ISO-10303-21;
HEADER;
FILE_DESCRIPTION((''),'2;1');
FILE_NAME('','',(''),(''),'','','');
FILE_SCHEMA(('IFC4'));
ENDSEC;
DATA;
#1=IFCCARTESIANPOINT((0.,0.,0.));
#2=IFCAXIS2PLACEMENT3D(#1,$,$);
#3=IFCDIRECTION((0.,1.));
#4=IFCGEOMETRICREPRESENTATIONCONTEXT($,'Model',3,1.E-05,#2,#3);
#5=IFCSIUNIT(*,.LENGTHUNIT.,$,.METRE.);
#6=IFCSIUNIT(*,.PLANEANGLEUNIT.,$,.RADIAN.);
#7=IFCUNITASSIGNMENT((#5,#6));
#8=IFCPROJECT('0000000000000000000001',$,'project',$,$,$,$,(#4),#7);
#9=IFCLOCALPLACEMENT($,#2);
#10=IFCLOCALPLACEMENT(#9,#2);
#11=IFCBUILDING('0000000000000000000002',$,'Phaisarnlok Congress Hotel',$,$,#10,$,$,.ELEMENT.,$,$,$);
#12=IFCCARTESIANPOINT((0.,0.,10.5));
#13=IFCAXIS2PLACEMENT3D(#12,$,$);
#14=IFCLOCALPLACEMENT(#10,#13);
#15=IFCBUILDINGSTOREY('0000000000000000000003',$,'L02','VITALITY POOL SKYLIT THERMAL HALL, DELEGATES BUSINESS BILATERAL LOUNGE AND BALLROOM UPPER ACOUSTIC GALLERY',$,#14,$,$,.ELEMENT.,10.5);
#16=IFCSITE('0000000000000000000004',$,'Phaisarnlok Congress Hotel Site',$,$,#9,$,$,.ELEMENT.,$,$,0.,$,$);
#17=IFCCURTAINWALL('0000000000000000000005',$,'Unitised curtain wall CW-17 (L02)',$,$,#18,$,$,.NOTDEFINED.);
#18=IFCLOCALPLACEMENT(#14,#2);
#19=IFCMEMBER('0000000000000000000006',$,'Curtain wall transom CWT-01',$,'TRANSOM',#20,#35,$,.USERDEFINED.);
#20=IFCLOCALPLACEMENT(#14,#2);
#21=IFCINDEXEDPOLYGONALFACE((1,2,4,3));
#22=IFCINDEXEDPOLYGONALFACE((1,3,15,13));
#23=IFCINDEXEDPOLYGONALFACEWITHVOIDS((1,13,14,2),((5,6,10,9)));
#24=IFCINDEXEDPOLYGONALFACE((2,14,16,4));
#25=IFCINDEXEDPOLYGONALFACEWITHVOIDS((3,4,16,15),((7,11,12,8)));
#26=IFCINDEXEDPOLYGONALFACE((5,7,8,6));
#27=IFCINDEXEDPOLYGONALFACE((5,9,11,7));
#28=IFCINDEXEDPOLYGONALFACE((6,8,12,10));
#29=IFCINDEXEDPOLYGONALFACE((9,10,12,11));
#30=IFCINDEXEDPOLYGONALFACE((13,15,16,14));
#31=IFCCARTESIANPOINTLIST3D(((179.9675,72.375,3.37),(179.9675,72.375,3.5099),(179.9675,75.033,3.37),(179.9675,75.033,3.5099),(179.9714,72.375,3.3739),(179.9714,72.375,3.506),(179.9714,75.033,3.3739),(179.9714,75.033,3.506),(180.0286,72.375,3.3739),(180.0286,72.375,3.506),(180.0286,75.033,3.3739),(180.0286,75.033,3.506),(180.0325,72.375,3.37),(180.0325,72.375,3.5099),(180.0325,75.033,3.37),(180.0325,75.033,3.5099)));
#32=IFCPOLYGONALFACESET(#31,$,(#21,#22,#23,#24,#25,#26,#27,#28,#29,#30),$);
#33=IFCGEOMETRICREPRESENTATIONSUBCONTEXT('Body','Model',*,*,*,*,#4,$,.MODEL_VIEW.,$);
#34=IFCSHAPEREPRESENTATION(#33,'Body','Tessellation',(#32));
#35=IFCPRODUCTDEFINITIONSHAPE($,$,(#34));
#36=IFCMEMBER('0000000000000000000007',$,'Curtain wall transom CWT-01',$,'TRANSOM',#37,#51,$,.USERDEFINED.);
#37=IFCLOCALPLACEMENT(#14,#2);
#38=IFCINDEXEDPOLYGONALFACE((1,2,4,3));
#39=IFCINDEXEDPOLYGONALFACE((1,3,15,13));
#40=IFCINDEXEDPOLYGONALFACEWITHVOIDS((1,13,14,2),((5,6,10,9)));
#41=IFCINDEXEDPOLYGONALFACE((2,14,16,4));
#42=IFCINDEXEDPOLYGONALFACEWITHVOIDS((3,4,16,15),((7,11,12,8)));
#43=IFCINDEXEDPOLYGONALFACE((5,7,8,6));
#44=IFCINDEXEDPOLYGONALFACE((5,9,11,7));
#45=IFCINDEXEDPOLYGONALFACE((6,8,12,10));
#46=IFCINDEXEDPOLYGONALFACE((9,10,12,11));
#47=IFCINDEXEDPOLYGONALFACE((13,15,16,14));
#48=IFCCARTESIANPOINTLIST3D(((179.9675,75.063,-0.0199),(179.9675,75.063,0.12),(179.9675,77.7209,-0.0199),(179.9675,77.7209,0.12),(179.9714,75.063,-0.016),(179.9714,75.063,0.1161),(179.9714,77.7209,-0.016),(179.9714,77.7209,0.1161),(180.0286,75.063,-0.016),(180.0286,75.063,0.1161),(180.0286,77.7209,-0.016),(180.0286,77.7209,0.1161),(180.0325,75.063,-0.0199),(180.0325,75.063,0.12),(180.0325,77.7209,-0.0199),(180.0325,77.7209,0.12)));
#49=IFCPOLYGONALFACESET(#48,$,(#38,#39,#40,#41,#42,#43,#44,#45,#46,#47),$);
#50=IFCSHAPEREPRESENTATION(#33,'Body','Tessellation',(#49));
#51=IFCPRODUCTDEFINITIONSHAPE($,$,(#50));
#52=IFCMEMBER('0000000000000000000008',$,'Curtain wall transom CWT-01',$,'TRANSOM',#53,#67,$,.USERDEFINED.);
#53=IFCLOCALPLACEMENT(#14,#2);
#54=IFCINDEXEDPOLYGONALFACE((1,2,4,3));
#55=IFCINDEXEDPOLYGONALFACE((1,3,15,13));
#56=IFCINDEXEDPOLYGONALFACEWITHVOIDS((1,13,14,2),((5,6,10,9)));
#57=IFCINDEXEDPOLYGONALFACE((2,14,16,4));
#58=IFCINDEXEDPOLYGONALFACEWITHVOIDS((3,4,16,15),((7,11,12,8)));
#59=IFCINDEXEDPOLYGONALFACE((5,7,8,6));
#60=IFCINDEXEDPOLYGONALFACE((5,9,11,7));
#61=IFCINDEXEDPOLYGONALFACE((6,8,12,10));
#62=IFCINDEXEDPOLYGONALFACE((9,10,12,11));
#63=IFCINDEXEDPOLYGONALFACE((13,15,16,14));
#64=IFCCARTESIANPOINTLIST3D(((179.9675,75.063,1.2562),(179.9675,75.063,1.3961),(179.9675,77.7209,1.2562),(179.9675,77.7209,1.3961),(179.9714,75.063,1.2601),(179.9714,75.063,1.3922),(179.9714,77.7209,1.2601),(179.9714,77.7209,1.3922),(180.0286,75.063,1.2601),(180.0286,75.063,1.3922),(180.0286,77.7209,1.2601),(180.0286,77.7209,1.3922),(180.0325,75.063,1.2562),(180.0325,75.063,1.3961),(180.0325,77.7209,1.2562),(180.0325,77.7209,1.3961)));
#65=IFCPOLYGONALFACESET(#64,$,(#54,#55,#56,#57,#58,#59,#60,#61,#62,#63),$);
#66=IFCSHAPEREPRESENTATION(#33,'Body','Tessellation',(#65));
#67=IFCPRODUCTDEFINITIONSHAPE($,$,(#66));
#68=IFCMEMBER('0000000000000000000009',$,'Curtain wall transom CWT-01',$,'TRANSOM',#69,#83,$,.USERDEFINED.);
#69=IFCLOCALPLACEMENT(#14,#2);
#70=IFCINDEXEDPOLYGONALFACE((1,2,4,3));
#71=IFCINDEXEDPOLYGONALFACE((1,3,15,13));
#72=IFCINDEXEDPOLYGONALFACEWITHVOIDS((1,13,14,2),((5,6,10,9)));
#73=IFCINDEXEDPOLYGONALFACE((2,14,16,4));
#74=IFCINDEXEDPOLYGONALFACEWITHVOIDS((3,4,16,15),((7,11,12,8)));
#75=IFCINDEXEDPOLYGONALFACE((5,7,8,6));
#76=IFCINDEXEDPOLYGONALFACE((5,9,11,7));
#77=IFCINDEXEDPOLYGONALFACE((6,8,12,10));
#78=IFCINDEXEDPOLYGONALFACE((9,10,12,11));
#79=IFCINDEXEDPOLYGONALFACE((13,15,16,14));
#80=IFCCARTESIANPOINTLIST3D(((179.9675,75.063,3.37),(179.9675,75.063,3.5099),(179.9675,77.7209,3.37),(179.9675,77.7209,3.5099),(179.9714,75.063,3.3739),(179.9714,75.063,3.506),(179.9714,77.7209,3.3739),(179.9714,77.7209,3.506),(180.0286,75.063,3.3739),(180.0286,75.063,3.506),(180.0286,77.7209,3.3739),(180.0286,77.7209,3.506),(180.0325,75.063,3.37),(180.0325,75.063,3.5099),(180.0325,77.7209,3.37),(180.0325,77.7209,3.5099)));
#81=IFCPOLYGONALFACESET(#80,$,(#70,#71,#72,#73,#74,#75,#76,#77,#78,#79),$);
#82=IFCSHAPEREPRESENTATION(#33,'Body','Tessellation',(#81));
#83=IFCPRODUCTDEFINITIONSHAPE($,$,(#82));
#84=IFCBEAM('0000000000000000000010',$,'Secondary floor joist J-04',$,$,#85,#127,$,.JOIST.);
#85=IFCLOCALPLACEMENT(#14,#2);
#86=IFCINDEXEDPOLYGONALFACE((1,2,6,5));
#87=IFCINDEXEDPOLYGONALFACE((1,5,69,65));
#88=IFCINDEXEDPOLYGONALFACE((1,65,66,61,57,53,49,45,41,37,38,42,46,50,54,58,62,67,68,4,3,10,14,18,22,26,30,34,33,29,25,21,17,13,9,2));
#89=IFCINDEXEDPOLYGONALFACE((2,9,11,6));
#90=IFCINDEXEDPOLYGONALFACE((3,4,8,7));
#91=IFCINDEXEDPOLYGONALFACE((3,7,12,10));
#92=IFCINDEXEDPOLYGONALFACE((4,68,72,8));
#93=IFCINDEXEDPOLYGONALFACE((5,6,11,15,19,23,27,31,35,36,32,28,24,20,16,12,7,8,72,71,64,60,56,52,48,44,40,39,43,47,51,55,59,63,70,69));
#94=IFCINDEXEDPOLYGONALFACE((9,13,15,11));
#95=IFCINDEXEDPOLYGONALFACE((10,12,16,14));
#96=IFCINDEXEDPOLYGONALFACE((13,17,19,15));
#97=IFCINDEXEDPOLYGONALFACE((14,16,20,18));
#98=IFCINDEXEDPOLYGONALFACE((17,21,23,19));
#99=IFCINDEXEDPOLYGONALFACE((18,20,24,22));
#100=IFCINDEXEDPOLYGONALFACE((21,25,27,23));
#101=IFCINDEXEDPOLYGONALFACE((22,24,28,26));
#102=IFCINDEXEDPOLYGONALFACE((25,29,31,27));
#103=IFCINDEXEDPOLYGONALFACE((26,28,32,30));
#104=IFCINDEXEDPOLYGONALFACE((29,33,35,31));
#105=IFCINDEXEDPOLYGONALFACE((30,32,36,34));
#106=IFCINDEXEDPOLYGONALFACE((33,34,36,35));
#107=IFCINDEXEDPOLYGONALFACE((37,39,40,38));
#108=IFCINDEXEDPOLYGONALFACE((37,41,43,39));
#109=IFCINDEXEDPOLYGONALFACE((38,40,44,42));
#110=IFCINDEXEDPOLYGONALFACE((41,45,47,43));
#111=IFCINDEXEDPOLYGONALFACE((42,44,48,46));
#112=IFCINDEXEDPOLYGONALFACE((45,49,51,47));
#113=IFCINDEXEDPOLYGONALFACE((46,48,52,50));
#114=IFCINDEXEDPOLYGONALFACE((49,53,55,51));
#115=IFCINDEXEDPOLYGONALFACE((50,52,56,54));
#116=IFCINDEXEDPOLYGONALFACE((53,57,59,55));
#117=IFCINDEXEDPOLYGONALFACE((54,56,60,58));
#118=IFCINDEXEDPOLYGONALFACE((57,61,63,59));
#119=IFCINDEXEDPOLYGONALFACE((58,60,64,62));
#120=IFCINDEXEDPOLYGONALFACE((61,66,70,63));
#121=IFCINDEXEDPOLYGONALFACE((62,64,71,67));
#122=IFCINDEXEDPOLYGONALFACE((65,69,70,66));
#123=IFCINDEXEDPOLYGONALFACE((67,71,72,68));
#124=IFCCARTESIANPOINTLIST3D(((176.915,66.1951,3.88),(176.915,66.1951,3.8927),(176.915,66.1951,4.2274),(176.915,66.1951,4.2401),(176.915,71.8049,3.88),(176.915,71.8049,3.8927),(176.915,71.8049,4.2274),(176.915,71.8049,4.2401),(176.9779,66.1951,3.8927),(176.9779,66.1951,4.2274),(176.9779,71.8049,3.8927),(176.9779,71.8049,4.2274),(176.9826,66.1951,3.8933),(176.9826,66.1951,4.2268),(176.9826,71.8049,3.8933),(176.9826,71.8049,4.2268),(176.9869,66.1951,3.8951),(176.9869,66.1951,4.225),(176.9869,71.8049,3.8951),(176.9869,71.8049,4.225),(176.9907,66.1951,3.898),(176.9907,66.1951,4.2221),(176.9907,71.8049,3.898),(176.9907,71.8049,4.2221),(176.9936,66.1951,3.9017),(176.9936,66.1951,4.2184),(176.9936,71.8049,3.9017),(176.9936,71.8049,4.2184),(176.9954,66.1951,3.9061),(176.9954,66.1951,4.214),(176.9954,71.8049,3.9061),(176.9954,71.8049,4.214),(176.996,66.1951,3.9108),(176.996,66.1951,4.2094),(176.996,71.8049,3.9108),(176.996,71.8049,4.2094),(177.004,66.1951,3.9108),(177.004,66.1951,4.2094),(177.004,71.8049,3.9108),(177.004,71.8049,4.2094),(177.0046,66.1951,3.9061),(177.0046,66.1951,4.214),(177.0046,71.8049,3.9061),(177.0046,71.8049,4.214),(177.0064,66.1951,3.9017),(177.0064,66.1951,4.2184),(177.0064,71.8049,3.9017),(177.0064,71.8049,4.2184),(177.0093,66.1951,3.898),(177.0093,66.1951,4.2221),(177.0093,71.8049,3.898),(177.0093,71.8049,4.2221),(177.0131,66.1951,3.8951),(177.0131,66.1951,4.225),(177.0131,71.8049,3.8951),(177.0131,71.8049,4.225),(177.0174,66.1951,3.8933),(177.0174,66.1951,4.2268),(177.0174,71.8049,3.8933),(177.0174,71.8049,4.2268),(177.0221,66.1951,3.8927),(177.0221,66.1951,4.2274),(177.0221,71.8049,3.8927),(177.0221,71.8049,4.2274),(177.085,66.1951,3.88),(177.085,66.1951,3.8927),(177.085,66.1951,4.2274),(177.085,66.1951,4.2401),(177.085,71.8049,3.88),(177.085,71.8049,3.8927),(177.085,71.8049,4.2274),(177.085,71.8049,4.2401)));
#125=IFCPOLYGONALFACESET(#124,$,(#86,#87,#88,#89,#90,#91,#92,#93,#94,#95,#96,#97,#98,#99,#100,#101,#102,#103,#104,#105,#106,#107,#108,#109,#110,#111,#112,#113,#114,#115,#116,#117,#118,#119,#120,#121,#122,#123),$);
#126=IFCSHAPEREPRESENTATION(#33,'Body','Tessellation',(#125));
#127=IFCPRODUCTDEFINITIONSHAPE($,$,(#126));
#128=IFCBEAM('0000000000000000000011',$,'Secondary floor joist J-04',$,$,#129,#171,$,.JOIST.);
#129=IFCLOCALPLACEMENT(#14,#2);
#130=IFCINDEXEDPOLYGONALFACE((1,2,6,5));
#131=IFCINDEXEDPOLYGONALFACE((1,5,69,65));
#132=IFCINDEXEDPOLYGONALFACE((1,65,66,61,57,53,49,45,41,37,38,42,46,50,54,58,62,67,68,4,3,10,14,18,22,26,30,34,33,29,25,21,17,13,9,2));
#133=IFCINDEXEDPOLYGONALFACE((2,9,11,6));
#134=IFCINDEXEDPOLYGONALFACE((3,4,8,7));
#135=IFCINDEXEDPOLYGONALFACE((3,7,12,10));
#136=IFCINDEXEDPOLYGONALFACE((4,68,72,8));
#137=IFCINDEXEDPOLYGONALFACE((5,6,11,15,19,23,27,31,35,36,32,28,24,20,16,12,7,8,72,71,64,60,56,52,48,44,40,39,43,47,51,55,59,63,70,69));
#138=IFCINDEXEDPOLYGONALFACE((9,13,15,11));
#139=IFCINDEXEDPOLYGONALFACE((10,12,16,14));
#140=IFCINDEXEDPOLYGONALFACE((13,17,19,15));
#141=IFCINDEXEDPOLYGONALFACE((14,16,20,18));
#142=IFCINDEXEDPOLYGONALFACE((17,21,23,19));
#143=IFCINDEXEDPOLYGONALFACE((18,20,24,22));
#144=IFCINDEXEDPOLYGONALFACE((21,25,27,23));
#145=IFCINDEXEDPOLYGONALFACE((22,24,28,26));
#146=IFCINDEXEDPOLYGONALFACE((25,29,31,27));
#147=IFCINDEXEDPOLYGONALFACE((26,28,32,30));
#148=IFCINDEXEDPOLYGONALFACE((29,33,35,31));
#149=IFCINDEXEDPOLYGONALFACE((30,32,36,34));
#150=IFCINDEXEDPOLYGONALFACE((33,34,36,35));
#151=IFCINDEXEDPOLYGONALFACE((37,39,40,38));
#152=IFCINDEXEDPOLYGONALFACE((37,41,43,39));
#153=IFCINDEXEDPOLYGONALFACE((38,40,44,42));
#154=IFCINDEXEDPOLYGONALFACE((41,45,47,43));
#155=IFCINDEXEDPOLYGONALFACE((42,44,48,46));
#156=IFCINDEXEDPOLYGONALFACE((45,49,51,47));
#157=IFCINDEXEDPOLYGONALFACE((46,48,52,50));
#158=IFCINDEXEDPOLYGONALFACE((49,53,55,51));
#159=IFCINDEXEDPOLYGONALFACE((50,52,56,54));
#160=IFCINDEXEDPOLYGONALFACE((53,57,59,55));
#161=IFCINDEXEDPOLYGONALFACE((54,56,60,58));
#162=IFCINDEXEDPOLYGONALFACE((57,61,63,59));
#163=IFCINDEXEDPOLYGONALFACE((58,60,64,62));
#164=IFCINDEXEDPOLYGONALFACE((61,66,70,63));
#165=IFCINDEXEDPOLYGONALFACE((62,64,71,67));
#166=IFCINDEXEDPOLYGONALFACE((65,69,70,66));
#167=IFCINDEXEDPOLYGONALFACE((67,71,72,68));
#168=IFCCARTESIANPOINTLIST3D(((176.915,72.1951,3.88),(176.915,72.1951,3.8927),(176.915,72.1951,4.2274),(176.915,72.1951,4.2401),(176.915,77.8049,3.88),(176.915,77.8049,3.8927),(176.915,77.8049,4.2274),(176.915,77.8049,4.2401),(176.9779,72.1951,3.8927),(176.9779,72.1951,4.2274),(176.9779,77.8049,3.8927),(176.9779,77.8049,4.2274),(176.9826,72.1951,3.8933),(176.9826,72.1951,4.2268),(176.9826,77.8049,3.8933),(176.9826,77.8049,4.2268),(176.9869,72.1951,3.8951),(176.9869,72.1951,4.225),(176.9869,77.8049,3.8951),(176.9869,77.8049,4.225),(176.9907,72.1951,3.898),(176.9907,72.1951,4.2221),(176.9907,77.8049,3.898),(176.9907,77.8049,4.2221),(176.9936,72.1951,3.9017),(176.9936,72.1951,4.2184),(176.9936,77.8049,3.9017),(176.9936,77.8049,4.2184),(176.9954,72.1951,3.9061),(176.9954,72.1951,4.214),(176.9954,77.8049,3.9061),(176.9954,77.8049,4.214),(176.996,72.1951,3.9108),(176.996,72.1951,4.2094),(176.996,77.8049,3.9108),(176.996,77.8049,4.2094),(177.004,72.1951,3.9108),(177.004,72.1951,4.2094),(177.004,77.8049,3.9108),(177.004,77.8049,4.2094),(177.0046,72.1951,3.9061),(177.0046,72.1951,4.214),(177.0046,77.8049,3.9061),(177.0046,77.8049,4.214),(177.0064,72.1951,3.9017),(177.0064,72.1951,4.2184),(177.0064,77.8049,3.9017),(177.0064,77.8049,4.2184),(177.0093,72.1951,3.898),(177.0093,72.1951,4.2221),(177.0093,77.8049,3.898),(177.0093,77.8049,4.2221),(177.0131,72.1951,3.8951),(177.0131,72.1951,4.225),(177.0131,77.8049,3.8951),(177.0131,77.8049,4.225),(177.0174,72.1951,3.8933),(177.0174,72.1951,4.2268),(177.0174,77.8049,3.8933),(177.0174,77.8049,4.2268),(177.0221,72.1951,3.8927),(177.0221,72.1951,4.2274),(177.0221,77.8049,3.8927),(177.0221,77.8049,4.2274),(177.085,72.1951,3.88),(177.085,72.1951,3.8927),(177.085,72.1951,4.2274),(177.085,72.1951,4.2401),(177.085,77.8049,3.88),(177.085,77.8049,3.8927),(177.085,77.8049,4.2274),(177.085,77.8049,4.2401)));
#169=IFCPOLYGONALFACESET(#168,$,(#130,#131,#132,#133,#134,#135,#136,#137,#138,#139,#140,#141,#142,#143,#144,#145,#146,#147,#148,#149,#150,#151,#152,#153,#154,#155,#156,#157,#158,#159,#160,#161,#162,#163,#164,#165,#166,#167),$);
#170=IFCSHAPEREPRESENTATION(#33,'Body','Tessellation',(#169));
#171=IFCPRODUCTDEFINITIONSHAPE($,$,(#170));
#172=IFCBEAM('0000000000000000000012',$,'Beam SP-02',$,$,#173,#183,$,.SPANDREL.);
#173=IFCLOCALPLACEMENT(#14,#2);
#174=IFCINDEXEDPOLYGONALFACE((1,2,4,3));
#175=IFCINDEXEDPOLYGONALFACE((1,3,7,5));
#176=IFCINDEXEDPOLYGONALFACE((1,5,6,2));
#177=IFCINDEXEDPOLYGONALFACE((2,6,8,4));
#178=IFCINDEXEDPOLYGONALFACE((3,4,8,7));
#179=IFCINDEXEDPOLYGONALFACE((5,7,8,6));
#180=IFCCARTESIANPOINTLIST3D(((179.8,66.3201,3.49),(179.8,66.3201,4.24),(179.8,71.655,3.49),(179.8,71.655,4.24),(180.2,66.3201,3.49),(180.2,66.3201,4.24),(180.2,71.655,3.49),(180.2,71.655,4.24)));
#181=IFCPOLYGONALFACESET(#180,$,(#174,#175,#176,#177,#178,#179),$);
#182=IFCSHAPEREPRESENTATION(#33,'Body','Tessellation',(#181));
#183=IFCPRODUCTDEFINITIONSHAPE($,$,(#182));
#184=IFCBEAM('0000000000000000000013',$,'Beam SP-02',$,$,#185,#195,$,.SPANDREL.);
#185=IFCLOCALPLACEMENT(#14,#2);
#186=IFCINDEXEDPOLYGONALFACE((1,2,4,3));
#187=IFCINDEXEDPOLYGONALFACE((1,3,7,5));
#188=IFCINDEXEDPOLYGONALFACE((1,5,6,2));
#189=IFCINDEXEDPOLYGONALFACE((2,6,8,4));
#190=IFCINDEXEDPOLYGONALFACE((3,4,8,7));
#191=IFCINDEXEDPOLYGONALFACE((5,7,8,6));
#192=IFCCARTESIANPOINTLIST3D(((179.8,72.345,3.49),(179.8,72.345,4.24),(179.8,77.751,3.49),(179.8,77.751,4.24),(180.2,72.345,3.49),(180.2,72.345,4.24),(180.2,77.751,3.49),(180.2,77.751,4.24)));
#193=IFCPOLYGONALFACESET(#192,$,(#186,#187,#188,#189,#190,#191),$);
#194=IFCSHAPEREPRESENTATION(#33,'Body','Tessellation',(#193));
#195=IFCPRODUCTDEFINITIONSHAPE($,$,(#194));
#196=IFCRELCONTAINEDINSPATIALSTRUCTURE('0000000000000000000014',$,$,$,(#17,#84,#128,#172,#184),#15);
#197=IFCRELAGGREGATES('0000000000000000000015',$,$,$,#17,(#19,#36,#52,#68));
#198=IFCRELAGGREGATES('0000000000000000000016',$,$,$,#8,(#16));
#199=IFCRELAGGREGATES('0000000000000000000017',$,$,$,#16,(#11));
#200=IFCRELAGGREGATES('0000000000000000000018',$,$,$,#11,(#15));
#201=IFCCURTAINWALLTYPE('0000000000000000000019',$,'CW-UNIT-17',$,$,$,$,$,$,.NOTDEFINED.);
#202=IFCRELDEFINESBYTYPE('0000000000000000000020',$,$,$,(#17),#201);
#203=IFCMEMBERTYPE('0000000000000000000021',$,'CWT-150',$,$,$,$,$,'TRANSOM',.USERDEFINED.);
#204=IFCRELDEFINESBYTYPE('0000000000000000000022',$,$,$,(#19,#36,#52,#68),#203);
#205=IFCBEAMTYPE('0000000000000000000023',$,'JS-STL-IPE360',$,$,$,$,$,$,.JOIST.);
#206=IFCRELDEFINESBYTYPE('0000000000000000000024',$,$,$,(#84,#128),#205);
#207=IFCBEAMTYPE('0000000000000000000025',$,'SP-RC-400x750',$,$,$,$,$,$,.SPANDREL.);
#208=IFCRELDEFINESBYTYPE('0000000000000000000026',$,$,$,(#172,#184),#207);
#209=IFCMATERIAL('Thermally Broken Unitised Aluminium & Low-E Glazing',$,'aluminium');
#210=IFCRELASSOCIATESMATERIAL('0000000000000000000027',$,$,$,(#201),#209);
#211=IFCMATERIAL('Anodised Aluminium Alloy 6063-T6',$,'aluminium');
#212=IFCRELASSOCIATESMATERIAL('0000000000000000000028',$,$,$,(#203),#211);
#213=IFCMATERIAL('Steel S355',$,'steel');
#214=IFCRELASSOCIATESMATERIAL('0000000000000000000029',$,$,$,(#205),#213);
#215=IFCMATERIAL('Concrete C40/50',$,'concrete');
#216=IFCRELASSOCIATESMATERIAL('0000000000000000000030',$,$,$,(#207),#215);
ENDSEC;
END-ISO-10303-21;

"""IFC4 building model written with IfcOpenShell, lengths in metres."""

from ifc_helpers import new_model, si_unit, direction, frame, origin, origin_2d, place, context, subcontext, project, spatial, rectangle, hollow_rectangle, i_section, extrude, material, material_profile, profile_set, type_object, element, aggregate, save


model = new_model("IFC4")

# Units and contexts
model_context = context("Model", 3, precision=1e-05, world=origin(), true_north=direction((0.0, 1.0)))
body_context = subcontext(model_context, "Body", "Model", "MODEL_VIEW")
ifc_project = project(units=[si_unit("LENGTHUNIT", "METRE"), si_unit("PLANEANGLEUNIT", "RADIAN")], contexts=[model_context])

# Site, building, storey
site_placement = place(None, origin())
site = spatial("IfcSite", under=ifc_project, at=site_placement, Name="Phaisarnlok Congress Hotel Site", CompositionType="ELEMENT", RefElevation=0.0)
building_placement = place(site_placement, origin())
building = spatial("IfcBuilding", under=site, at=building_placement, Name="Phaisarnlok Congress Hotel", CompositionType="ELEMENT")
storey_placement = place(building_placement, frame((0.0, 0.0, 10.5)))
storey = spatial("IfcBuildingStorey", under=building, at=storey_placement, Name="L02", Description="VITALITY POOL SKYLIT THERMAL HALL, DELEGATES BUSINESS BILATERAL LOUNGE AND BALLROOM UPPER ACOUSTIC GALLERY", CompositionType="ELEMENT", Elevation=10.5)

# Shared definitions
ifc_material_1 = material(Name="Concrete C40/50", Category="concrete")

# Shared definitions
ifc_material_2 = material(Name="Thermally Broken Unitised Aluminium & Low-E Glazing", Category="aluminium")
ifc_material_3 = material(Name="Anodised Aluminium Alloy 6063-T6", Category="aluminium")

# Curtain wall, members
curtain_wall_type_1 = type_object("IfcCurtainWallType", Name="CW-UNIT-17", PredefinedType="NOTDEFINED", material=ifc_material_2)
curtain_wall_1_placement = place(storey_placement, origin())
curtain_wall_1 = element("IfcCurtainWall", 1, at=curtain_wall_1_placement, inside=storey, type_object=curtain_wall_type_1, Name="Unitised curtain wall CW-17 (L02)", PredefinedType="NOTDEFINED")
ifc_material_profile_1 = material_profile(ifc_material_3, hollow_rectangle(XDim=0.0649, YDim=0.1399, WallThickness=0.0039, at=origin_2d()), Name="ALU-T 65x140x4")
ifc_profile_set_1 = profile_set([ifc_material_profile_1], Name="Anodised Aluminium Alloy 6063-T6")
member_type_1 = type_object("IfcMemberType", Name="CWT-150", ElementType="TRANSOM", PredefinedType="USERDEFINED", material=ifc_profile_set_1)
member_1_placement = place(storey_placement, frame((180.0, 72.375, 3.4399), z_axis=(0.0, 1.0, 0.0), x_axis=(-1.0, 0.0, 0.0)))
member_1 = element("IfcMember", 2, at=member_1_placement, type_object=member_type_1, Name="Curtain wall transom CWT-01", ObjectType="TRANSOM", PredefinedType="USERDEFINED", context=body_context, shape_type="SweptSolid", body=[
    extrude(hollow_rectangle(XDim=0.0649, YDim=0.1399, WallThickness=0.0039, at=origin_2d()), origin(), (0.0, 0.0, 1.0), 2.658),
])
member_2_placement = place(storey_placement, frame((180.0, 75.063, 0.05), z_axis=(0.0, 1.0, 0.0), x_axis=(-1.0, 0.0, 0.0)))
member_2 = element("IfcMember", 3, at=member_2_placement, type_object=member_type_1, Name="Curtain wall transom CWT-01", ObjectType="TRANSOM", PredefinedType="USERDEFINED", context=body_context, shape_type="SweptSolid", body=[
    extrude(hollow_rectangle(XDim=0.0649, YDim=0.1399, WallThickness=0.0039, at=origin_2d()), origin(), (0.0, 0.0, 1.0), 2.658),
])
member_3_placement = place(storey_placement, frame((180.0, 75.063, 1.3262), z_axis=(0.0, 1.0, 0.0), x_axis=(-1.0, 0.0, 0.0)))
member_3 = element("IfcMember", 4, at=member_3_placement, type_object=member_type_1, Name="Curtain wall transom CWT-01", ObjectType="TRANSOM", PredefinedType="USERDEFINED", context=body_context, shape_type="SweptSolid", body=[
    extrude(hollow_rectangle(XDim=0.0649, YDim=0.1399, WallThickness=0.0039, at=origin_2d()), origin(), (0.0, 0.0, 1.0), 2.658),
])
member_4_placement = place(storey_placement, frame((180.0, 75.063, 3.4399), z_axis=(0.0, 1.0, 0.0), x_axis=(-1.0, 0.0, 0.0)))
member_4 = element("IfcMember", 5, at=member_4_placement, type_object=member_type_1, Name="Curtain wall transom CWT-01", ObjectType="TRANSOM", PredefinedType="USERDEFINED", context=body_context, shape_type="SweptSolid", body=[
    extrude(hollow_rectangle(XDim=0.0649, YDim=0.1399, WallThickness=0.0039, at=origin_2d()), origin(), (0.0, 0.0, 1.0), 2.658),
])

# Beams
ifc_material_4 = material(Name="Steel S355", Category="steel")
ifc_material_profile_2 = material_profile(ifc_material_4, i_section(OverallWidth=0.1699, OverallDepth=0.3601, WebThickness=0.0081, FlangeThickness=0.0127, FilletRadius=0.0181, at=origin_2d()), Name="IPE 360")
ifc_profile_set_2 = profile_set([ifc_material_profile_2], Name="Steel S355")
beam_type_1 = type_object("IfcBeamType", Name="JS-STL-IPE360", PredefinedType="JOIST", material=ifc_profile_set_2)
for number, where, z_axis, x_axis, name in (
    (6, (177.0, 66.1951, 4.0601), (0.0, 1.0, 0.0), (-1.0, 0.0, 0.0), "Secondary floor joist J-04"),
    (7, (177.0, 72.1951, 4.0601), (0.0, 1.0, 0.0), (-1.0, 0.0, 0.0), "Secondary floor joist J-04"),
):
    element("IfcBeam", number, at=place(storey_placement, frame(where, z_axis=z_axis, x_axis=x_axis)), inside=storey, type_object=beam_type_1, Name=name, PredefinedType="JOIST", context=body_context, shape_type="SweptSolid", body=[
        extrude(i_section(OverallWidth=0.1699, OverallDepth=0.3601, WebThickness=0.0081, FlangeThickness=0.0127, FilletRadius=0.0181, at=origin_2d()), origin(), (0.0, 0.0, 1.0), 5.6099),
    ])
ifc_material_profile_3 = material_profile(ifc_material_1, rectangle(XDim=0.3999, YDim=0.75, at=origin_2d()), Name="RC 400x750")
ifc_profile_set_3 = profile_set([ifc_material_profile_3], Name="Concrete C40/50")
beam_type_2 = type_object("IfcBeamType", Name="SP-RC-400x750", PredefinedType="SPANDREL", material=ifc_profile_set_3)
beam_1_placement = place(storey_placement, frame((180.0, 66.3201, 3.865), z_axis=(0.0, 1.0, 0.0), x_axis=(-1.0, 0.0, 0.0)))
element("IfcBeam", 8, at=beam_1_placement, inside=storey, type_object=beam_type_2, Name="Beam SP-02", PredefinedType="SPANDREL", context=body_context, shape_type="SweptSolid", body=[
    extrude(rectangle(XDim=0.3999, YDim=0.75, at=origin_2d()), origin(), (0.0, 0.0, 1.0), 5.335),
])
beam_2_placement = place(storey_placement, frame((180.0, 72.345, 3.865), z_axis=(0.0, 1.0, 0.0), x_axis=(-1.0, 0.0, 0.0)))
element("IfcBeam", 9, at=beam_2_placement, inside=storey, type_object=beam_type_2, Name="Beam SP-02", PredefinedType="SPANDREL", context=body_context, shape_type="SweptSolid", body=[
    extrude(rectangle(XDim=0.3999, YDim=0.75, at=origin_2d()), origin(), (0.0, 0.0, 1.0), 5.406),
])

aggregate(curtain_wall_1, [member_1, member_2, member_3, member_4])

save(model, "model.ifc")
